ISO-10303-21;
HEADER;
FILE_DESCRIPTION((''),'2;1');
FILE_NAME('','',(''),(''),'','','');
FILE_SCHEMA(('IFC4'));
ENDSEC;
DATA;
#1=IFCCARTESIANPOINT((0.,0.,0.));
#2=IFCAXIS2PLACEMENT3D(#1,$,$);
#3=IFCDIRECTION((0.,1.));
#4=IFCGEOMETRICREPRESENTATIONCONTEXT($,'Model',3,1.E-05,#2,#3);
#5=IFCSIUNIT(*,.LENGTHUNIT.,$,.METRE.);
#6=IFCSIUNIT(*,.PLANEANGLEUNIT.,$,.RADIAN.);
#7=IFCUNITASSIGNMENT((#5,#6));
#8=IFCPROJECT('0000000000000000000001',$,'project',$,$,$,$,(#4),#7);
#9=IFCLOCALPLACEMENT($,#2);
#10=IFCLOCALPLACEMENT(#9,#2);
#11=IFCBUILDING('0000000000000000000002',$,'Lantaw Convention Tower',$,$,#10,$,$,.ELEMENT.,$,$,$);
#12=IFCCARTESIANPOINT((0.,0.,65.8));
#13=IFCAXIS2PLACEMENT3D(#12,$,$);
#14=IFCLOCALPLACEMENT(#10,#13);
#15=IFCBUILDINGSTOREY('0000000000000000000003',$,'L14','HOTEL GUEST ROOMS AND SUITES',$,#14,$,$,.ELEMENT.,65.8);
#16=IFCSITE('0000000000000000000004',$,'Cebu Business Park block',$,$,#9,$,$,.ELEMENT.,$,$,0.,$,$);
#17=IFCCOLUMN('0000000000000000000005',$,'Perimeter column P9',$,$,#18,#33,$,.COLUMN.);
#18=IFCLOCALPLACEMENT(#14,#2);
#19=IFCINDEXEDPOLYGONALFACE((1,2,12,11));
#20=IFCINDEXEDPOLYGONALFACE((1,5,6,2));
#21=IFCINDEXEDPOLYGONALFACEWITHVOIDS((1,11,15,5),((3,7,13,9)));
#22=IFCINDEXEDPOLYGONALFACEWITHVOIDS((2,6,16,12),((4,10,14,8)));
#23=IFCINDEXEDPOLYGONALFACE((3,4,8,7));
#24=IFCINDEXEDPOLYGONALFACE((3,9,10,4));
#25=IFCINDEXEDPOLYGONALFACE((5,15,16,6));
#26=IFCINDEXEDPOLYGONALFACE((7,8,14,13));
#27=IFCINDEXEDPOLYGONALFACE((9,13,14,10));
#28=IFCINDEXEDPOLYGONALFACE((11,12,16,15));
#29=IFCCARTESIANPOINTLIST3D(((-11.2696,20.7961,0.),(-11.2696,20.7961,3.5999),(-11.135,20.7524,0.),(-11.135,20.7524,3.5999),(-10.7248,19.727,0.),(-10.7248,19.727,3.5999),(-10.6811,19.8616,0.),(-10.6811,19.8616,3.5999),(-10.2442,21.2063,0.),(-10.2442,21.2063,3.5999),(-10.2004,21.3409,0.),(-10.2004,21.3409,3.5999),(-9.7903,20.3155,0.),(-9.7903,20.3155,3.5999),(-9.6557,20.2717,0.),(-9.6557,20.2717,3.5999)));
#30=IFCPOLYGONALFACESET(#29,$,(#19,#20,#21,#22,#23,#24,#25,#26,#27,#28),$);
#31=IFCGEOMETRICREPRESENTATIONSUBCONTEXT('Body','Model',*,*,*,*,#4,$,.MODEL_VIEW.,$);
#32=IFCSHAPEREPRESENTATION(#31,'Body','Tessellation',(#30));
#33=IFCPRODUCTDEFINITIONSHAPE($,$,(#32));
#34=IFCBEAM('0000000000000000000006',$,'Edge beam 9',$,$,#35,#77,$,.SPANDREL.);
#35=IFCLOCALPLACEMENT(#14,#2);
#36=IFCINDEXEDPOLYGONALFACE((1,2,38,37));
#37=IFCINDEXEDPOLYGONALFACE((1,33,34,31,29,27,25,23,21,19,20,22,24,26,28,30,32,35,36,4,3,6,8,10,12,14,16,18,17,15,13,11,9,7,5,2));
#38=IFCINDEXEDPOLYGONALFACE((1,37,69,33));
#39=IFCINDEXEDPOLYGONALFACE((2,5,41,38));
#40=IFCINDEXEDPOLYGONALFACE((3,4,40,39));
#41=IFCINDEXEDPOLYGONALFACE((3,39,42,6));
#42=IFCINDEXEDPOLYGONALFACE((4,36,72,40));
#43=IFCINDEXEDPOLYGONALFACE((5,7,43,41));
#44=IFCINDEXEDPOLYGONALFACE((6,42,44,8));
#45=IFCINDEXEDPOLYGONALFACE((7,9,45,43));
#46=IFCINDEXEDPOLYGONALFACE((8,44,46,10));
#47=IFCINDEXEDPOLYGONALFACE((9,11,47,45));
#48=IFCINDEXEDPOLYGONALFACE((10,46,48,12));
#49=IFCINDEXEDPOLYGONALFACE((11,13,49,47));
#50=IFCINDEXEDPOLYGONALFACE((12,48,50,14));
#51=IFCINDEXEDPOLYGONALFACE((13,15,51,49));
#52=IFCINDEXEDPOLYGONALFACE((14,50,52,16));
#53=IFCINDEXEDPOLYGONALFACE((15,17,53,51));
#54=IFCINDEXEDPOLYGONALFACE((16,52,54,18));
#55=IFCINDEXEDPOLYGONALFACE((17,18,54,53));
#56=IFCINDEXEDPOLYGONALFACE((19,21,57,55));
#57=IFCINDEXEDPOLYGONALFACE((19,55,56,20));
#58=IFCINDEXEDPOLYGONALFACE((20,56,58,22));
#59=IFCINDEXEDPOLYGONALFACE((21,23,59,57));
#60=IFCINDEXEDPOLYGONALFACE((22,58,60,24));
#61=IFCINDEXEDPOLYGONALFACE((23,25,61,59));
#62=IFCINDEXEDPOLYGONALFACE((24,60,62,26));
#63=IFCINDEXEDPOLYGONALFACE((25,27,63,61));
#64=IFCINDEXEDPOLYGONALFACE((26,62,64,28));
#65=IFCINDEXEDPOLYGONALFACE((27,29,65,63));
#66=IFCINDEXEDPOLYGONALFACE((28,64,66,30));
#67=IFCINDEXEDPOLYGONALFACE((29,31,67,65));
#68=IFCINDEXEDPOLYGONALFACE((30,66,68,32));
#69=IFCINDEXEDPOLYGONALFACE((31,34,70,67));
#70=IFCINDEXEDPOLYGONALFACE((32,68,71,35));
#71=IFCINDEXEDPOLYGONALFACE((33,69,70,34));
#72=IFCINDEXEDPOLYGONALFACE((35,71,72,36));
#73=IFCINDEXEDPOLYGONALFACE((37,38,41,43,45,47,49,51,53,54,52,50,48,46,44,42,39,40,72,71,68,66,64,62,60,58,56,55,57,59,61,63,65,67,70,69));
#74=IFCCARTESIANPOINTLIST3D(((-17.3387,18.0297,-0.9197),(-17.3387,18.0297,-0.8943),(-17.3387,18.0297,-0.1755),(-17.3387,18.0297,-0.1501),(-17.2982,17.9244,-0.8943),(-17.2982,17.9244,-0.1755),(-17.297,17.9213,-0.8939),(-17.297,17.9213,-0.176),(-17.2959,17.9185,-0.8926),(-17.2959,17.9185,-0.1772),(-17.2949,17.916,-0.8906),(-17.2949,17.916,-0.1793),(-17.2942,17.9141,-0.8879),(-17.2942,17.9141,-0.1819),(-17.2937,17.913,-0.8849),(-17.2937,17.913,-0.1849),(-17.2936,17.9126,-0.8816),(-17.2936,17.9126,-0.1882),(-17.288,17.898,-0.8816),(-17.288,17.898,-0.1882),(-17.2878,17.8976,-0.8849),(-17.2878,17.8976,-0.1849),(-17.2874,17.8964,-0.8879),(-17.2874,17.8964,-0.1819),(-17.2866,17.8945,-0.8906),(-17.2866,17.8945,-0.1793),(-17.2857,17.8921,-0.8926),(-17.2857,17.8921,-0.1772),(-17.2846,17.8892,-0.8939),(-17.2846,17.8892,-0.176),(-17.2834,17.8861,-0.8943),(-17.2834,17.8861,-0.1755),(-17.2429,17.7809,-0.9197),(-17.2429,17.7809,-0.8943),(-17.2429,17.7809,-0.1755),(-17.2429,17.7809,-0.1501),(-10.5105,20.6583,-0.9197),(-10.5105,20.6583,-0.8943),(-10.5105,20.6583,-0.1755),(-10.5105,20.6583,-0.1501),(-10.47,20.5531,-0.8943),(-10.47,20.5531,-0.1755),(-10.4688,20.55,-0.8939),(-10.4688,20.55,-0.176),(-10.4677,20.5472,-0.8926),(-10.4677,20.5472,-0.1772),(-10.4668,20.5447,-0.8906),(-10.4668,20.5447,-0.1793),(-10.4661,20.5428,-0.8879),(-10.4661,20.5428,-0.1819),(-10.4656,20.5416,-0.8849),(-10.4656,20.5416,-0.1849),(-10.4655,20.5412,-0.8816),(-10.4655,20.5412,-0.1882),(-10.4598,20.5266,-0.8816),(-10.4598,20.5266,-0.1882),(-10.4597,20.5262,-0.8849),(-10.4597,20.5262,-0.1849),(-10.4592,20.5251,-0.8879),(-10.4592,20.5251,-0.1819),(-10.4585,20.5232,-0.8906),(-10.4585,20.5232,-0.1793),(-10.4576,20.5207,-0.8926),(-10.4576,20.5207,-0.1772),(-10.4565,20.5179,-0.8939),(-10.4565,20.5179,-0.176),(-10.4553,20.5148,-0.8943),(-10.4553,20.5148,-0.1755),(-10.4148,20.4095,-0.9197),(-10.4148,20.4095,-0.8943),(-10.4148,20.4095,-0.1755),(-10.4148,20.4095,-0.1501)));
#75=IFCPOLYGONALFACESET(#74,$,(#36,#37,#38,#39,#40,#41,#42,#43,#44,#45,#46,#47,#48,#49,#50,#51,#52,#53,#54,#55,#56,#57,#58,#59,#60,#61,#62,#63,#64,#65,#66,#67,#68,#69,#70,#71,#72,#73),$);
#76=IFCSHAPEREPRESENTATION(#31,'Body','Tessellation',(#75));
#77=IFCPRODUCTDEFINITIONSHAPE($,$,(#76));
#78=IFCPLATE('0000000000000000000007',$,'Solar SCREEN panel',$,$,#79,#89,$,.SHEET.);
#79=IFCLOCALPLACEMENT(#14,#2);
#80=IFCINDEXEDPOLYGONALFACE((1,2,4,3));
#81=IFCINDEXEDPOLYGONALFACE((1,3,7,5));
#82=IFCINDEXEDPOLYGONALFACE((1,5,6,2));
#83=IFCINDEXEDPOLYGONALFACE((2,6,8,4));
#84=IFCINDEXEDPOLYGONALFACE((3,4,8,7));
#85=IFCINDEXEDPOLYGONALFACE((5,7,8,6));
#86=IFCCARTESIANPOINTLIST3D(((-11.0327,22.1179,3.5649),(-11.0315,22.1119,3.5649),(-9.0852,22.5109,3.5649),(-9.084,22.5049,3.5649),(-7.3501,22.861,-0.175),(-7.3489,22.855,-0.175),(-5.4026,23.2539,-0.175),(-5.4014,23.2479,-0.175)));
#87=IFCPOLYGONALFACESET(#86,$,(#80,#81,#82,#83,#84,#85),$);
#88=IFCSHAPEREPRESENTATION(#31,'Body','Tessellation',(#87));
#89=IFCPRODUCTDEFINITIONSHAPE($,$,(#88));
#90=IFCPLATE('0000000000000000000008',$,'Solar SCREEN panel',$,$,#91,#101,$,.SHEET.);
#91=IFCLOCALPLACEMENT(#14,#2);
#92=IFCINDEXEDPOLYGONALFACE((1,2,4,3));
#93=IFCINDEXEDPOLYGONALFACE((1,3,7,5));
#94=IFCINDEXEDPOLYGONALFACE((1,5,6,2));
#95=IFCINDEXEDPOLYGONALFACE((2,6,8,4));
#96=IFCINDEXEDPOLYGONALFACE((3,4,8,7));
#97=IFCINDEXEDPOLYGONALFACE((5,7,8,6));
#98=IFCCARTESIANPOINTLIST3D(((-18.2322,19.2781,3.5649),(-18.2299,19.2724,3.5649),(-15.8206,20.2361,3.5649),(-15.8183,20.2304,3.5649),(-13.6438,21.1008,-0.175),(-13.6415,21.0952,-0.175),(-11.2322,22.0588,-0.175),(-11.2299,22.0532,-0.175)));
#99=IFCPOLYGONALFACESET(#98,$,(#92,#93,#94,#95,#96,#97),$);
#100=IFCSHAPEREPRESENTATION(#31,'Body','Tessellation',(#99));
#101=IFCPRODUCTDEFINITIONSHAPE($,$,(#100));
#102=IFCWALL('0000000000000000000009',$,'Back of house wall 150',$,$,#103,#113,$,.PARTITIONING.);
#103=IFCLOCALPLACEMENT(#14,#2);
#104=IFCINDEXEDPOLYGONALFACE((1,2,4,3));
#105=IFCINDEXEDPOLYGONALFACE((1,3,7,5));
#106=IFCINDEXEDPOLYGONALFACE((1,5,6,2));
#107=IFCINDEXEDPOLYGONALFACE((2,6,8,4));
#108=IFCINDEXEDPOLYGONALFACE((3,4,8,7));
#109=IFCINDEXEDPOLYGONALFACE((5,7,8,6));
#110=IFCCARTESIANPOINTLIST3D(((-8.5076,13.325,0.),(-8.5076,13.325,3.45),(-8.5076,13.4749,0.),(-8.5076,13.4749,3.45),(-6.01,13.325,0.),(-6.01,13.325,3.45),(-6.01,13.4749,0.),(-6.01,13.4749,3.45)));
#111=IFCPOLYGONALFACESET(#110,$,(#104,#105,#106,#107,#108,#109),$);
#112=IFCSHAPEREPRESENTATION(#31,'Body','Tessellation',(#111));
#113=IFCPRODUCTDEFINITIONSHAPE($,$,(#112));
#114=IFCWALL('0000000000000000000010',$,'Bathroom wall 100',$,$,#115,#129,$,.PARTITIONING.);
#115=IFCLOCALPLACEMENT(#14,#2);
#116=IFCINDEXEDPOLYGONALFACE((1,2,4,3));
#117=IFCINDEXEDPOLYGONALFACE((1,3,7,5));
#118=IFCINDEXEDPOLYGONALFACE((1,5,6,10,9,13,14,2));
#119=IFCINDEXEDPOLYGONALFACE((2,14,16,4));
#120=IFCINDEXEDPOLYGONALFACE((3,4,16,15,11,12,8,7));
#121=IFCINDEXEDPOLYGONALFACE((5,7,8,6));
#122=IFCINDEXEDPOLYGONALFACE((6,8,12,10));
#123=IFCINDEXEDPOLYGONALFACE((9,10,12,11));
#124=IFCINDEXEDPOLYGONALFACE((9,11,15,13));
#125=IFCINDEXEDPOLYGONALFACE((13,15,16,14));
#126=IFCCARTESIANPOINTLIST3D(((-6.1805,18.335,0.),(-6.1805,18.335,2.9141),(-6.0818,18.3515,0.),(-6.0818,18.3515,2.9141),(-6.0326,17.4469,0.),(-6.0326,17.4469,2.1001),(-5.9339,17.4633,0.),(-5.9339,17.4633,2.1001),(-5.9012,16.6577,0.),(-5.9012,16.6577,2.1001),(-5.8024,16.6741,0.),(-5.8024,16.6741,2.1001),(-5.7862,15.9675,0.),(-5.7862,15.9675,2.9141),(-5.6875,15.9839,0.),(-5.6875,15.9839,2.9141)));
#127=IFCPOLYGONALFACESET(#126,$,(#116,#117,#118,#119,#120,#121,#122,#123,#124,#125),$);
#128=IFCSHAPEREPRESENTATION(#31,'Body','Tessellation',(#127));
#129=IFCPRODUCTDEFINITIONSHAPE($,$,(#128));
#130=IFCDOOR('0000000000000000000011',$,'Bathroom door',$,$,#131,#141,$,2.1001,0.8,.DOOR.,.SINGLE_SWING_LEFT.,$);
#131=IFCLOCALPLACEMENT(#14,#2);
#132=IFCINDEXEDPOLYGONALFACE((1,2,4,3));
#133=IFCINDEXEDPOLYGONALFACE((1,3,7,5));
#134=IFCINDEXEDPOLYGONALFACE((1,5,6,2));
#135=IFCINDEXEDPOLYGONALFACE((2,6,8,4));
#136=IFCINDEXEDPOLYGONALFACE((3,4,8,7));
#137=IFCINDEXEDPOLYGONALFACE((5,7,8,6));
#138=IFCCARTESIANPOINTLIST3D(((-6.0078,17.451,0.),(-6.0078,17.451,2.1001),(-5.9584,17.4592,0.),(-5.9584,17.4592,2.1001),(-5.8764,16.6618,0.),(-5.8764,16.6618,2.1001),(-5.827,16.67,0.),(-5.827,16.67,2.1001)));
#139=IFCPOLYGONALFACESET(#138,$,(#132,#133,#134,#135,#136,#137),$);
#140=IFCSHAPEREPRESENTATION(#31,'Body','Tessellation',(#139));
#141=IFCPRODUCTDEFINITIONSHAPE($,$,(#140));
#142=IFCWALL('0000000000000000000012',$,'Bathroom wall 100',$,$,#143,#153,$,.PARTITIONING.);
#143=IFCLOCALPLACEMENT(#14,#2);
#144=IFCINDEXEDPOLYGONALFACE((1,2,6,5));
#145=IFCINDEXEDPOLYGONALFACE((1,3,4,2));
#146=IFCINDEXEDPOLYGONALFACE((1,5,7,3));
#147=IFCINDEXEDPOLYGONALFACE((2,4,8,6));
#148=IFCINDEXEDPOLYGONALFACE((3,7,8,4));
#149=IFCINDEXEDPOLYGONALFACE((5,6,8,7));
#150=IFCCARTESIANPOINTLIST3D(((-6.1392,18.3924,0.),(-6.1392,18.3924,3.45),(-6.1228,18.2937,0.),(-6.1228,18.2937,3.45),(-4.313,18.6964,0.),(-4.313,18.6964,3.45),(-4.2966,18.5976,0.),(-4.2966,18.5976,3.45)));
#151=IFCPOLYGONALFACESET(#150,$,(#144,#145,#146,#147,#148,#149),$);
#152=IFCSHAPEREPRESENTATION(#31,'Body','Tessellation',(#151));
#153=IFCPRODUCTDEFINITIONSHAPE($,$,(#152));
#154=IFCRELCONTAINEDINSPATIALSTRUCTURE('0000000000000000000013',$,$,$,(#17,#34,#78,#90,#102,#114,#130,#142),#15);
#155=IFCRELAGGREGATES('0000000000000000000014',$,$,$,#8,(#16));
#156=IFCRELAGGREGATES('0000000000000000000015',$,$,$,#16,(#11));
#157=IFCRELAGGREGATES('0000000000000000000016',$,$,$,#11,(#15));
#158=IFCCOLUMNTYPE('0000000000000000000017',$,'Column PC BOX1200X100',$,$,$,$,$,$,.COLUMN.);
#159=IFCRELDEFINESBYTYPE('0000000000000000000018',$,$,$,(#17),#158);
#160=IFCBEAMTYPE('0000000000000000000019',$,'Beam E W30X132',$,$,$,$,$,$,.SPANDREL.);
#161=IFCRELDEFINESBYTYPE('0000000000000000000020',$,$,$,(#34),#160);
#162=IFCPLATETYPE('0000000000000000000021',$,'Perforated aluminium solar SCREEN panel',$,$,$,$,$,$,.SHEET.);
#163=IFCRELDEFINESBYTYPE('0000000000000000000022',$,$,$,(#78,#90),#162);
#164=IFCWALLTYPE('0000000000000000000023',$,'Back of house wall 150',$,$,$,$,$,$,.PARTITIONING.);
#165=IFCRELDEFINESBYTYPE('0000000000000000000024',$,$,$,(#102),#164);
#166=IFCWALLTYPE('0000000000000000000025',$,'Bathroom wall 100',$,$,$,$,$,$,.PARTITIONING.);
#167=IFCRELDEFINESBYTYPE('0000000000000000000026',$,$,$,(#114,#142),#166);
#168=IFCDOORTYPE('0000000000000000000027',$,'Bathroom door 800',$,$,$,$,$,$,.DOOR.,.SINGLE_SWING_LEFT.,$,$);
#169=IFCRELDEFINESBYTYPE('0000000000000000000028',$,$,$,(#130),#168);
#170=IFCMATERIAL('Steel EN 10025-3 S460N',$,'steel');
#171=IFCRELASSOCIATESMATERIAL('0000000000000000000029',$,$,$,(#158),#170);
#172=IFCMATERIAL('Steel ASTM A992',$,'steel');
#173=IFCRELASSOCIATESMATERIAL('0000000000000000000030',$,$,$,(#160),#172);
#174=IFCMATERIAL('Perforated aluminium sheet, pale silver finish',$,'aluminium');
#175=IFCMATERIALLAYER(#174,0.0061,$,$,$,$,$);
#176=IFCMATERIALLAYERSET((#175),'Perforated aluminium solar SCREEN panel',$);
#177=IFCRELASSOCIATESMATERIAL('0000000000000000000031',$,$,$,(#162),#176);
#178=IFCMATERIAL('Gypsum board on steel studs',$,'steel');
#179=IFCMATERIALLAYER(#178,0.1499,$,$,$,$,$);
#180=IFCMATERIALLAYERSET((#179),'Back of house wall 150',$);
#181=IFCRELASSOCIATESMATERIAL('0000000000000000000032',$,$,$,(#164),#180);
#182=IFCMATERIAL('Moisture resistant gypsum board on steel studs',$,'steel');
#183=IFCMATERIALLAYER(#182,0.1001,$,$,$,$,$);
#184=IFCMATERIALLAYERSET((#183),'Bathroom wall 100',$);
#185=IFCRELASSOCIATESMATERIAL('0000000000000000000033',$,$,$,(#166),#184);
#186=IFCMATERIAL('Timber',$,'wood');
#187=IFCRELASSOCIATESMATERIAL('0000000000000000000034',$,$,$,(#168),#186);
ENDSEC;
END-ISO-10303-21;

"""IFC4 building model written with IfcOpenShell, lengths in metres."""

from ifc_helpers import new_model, si_unit, direction, frame, frame_2d, origin, origin_2d, place, context, subcontext, project, spatial, polyline, rectangle, hollow_rectangle, i_section, outline, extrude, material, layer, layer_set, material_profile, profile_set, type_object, element, fill, save


model = new_model("IFC4")

# Units and contexts
model_context = context("Model", 3, precision=1e-05, world=origin(), true_north=direction((0.0, 1.0)))
body_context = subcontext(model_context, "Body", "Model", "MODEL_VIEW")
ifc_project = project(units=[si_unit("LENGTHUNIT", "METRE"), si_unit("PLANEANGLEUNIT", "RADIAN")], contexts=[model_context])

# Site, building, storey
site_placement = place(None, origin())
site = spatial("IfcSite", under=ifc_project, at=site_placement, Name="Cebu Business Park block", CompositionType="ELEMENT", RefElevation=0.0)
building_placement = place(site_placement, origin())
building = spatial("IfcBuilding", under=site, at=building_placement, Name="Lantaw Convention Tower", CompositionType="ELEMENT")
storey_placement = place(building_placement, frame((0.0, 0.0, 65.8)))
storey = spatial("IfcBuildingStorey", under=building, at=storey_placement, Name="L14", Description="HOTEL GUEST ROOMS AND SUITES", CompositionType="ELEMENT", Elevation=65.8)

# Column
ifc_material_1 = material(Name="Steel EN 10025-3 S460N", Category="steel")
ifc_material_profile_1 = material_profile(ifc_material_1, hollow_rectangle(XDim=1.2, YDim=1.2, WallThickness=0.1001, at=origin_2d()), Name="BOX1200X100")
ifc_material_2 = material(Name="Concrete C60/75", Category="concrete")
ifc_material_profile_2 = material_profile(ifc_material_2, rectangle(XDim=1.0, YDim=1.0, at=origin_2d()), Name="Concrete fill of BOX1200X100")
ifc_profile_set_1 = profile_set([ifc_material_profile_1, ifc_material_profile_2], Name="Steel EN 10025-3 S460N")
column_type = type_object("IfcColumnType", Name="Column PC BOX1200X100", PredefinedType="COLUMN", material=ifc_profile_set_1)
column_placement = place(storey_placement, frame((-10.4626, 20.5339, 0.0), z_axis=(0.0, 0.0, 1.0), x_axis=(0.891007, 0.45399, 0.0)))
element("IfcColumn", 1, at=column_placement, inside=storey, type_object=column_type, Name="Perimeter column P9", PredefinedType="COLUMN", context=body_context, shape_type="SweptSolid", body=[
    extrude(hollow_rectangle(XDim=1.2, YDim=1.2, WallThickness=0.1001, at=origin_2d()), origin(), (0.0, 0.0, 1.0), 3.5999),
])

# Beam
ifc_material_3 = material(Name="Steel ASTM A992", Category="steel")
ifc_material_profile_3 = material_profile(ifc_material_3, i_section(OverallWidth=0.2666, OverallDepth=0.7695, WebThickness=0.0156, FlangeThickness=0.0254, FilletRadius=0.0127, at=origin_2d()), Name="W30X132")
ifc_profile_set_2 = profile_set([ifc_material_profile_3], Name="Steel ASTM A992")
beam_type = type_object("IfcBeamType", Name="Beam E W30X132", PredefinedType="SPANDREL", material=ifc_profile_set_2)
beam_placement = place(storey_placement, frame((-10.4626, 20.5339, -0.5349), z_axis=(-0.933233, -0.359272, 0.0), x_axis=(0.359272, -0.933233, 0.0)))
element("IfcBeam", 2, at=beam_placement, inside=storey, type_object=beam_type, Name="Edge beam 9", PredefinedType="SPANDREL", context=body_context, shape_type="SweptSolid", body=[
    extrude(i_section(OverallWidth=0.2666, OverallDepth=0.7695, WebThickness=0.0156, FlangeThickness=0.0254, FilletRadius=0.0127, at=origin_2d()), origin(), (0.0, 0.0, 1.0), 7.3167),
])

# Plates
ifc_material_4 = material(Name="Perforated aluminium sheet, pale silver finish", Category="aluminium")
ifc_layer_1 = layer(ifc_material_4, 0.0061)
ifc_layer_set_1 = layer_set([ifc_layer_1], Name="Perforated aluminium solar SCREEN panel")
plate_type = type_object("IfcPlateType", Name="Perforated aluminium solar SCREEN panel", PredefinedType="SHEET", material=ifc_layer_set_1)
plate_1_placement = place(storey_placement, frame((-5.4026, 23.2539, -0.175), z_axis=(-0.197782, 0.980246, 0.000002), x_axis=(-0.980246, -0.197782, 0.0)))
element("IfcPlate", 3, at=plate_1_placement, inside=storey, type_object=plate_type, Name="Solar SCREEN panel", PredefinedType="SHEET", context=body_context, shape_type="SweptSolid", body=[
    extrude(outline(polyline([(0.0, 0.0), (1.9867, 0.0), (5.7436, 3.74), (3.7568, 3.74), (0.0, 0.0)])), origin(), (0.0, 0.0, -1.0), 0.0061),
])
plate_2_placement = place(storey_placement, frame((-11.2322, 22.0588, -0.175), z_axis=(-0.369184, 0.929357, 0.000009), x_axis=(-0.929357, -0.369184, 0.0)))
element("IfcPlate", 4, at=plate_2_placement, inside=storey, type_object=plate_type, Name="Solar SCREEN panel", PredefinedType="SHEET", context=body_context, shape_type="SweptSolid", body=[
    extrude(outline(polyline([(0.0, 0.0), (2.5949, 0.0), (7.5321, 3.74), (4.9372, 3.74), (0.0, 0.0)])), origin(), (0.0, 0.0, -1.0), 0.0061),
])

# Wall
ifc_material_5 = material(Name="Gypsum board on steel studs", Category="steel")
ifc_layer_2 = layer(ifc_material_5, 0.1499)
ifc_layer_set_2 = layer_set([ifc_layer_2], Name="Back of house wall 150")
wall_type_1 = type_object("IfcWallType", Name="Back of house wall 150", PredefinedType="PARTITIONING", material=ifc_layer_set_2)
wall_1_placement = place(storey_placement, frame((-6.01, 13.3999, 0.0), z_axis=(0.0, 0.0, 1.0), x_axis=(-1.0, 0.0, 0.0)))
element("IfcWall", 5, at=wall_1_placement, inside=storey, type_object=wall_type_1, Name="Back of house wall 150", PredefinedType="PARTITIONING", context=body_context, shape_type="SweptSolid", body=[
    extrude(rectangle(XDim=2.4976, YDim=0.1499, at=frame_2d((1.2488, 0.0))), origin(), (0.0, 0.0, 1.0), 3.45),
])

# Wall, opening, door
ifc_material_6 = material(Name="Moisture resistant gypsum board on steel studs", Category="steel")
ifc_layer_3 = layer(ifc_material_6, 0.1001)
ifc_layer_set_3 = layer_set([ifc_layer_3], Name="Bathroom wall 100")
wall_type_2 = type_object("IfcWallType", Name="Bathroom wall 100", PredefinedType="PARTITIONING", material=ifc_layer_set_3)
wall_2_placement = place(storey_placement, frame((-5.7368, 15.9756, 0.0), z_axis=(0.0, 0.0, 1.0), x_axis=(-0.164284, 0.986413, 0.0)))
wall_2 = element("IfcWall", 6, at=wall_2_placement, inside=storey, type_object=wall_type_2, Name="Bathroom wall 100", PredefinedType="PARTITIONING", context=body_context, shape_type="SweptSolid", body=[
    extrude(rectangle(XDim=2.4001, YDim=0.1001, at=frame_2d((1.2002, 0.0))), origin(), (0.0, 0.0, 1.0), 2.9141),
])
opening_1_placement = place(wall_2_placement, frame((0.7, 0.0, 0.0)))
opening_1 = element("IfcOpeningElement", 7, at=opening_1_placement, cuts=wall_2, PredefinedType="OPENING", context=body_context, shape_type="SweptSolid", body=[
    extrude(rectangle(XDim=0.8, YDim=2.1001, at=frame_2d((0.3999, 1.05))), frame((0.0, 0.0601, 0.0), z_axis=(0.0, -1.0, 0.0), x_axis=(1.0, 0.0, 0.0)), (0.0, 0.0, 1.0), 0.1201),
])
ifc_material_7 = material(Name="Timber", Category="wood")
door_type_1 = type_object("IfcDoorType", Name="Bathroom door 800", OperationType="SINGLE_SWING_LEFT", PredefinedType="DOOR", material=ifc_material_7)
door_1_placement = place(opening_1_placement, origin())
door_1 = element("IfcDoor", 8, at=door_1_placement, inside=storey, type_object=door_type_1, Name="Bathroom door", OperationType="SINGLE_SWING_LEFT", OverallHeight=2.1001, OverallWidth=0.8, PredefinedType="DOOR", context=body_context, shape_type="SweptSolid", body=[
    extrude(rectangle(XDim=0.8, YDim=2.1001, at=frame_2d((0.3999, 1.05))), frame((0.0, 0.0249, 0.0), z_axis=(0.0, -1.0, 0.0), x_axis=(1.0, 0.0, 0.0)), (0.0, 0.0, 1.0), 0.05),
])
fill(opening_1, door_1)

# Wall
wall_3_placement = place(storey_placement, frame((-6.1311, 18.343, 0.0), z_axis=(0.0, 0.0, 1.0), x_axis=(0.98643, 0.164185, 0.0)))
element("IfcWall", 9, at=wall_3_placement, inside=storey, type_object=wall_type_2, Name="Bathroom wall 100", PredefinedType="PARTITIONING", context=body_context, shape_type="SweptSolid", body=[
    extrude(rectangle(XDim=1.8513, YDim=0.1001, at=frame_2d((0.9258, 0.0))), origin(), (0.0, 0.0, 1.0), 3.45),
])

save(model, "model.ifc")
